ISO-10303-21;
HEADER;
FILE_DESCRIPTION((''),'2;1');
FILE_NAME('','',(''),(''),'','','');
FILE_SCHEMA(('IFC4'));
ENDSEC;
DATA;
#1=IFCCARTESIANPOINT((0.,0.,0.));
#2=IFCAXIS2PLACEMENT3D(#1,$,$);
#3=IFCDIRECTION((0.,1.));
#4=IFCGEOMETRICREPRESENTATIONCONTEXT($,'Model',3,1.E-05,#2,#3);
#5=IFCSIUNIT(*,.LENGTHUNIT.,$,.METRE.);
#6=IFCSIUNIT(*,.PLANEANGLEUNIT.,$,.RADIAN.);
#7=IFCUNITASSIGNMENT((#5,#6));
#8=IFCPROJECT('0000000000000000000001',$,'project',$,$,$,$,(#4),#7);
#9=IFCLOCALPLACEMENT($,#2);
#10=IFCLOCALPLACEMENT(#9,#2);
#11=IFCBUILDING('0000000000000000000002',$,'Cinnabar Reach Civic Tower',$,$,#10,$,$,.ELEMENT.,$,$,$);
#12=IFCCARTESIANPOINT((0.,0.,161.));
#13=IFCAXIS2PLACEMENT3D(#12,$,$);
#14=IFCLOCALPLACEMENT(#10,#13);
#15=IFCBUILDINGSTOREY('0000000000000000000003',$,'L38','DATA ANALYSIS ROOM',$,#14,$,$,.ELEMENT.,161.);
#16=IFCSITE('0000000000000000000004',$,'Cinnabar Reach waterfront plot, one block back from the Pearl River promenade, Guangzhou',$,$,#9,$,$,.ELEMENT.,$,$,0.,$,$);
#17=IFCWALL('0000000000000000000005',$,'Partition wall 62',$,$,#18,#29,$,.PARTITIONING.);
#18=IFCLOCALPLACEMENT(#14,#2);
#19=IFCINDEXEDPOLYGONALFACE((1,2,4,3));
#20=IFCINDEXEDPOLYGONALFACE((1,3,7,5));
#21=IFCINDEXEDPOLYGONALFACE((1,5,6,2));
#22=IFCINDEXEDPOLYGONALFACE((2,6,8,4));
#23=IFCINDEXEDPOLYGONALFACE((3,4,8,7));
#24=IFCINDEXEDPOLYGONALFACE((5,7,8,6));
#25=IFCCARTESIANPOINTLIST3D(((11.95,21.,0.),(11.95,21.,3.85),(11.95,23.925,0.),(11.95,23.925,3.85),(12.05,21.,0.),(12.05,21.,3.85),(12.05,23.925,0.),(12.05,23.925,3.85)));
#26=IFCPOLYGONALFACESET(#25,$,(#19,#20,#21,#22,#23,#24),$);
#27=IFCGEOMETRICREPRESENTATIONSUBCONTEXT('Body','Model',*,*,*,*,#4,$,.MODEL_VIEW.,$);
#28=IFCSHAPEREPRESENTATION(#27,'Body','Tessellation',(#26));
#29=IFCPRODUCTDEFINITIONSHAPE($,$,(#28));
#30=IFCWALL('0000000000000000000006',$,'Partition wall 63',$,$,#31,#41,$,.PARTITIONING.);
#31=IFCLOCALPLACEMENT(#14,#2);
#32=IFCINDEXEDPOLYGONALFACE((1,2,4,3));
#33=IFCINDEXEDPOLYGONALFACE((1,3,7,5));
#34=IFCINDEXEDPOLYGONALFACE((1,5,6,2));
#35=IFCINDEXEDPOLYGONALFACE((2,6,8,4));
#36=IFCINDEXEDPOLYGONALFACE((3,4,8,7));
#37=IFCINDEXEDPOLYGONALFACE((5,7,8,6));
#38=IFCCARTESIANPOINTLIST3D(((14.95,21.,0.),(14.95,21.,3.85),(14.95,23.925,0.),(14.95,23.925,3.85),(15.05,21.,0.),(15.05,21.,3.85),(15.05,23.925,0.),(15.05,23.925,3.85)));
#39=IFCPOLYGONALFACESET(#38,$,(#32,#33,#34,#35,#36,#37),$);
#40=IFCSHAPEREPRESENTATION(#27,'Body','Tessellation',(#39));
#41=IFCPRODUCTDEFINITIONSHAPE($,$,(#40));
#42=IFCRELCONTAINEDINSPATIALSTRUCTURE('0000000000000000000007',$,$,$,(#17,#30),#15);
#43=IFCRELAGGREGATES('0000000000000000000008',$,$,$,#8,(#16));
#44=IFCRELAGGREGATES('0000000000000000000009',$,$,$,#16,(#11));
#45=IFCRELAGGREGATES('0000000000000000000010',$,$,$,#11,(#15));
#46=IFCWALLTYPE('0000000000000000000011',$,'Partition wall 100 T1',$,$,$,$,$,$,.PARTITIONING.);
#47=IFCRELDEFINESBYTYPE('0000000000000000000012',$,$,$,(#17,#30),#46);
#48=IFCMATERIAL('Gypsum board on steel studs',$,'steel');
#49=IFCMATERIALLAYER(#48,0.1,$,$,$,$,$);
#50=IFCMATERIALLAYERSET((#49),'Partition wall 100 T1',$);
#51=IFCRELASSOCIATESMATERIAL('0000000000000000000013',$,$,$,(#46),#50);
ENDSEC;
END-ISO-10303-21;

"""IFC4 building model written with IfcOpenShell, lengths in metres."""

from ifc_helpers import new_model, si_unit, direction, frame, frame_2d, origin, place, context, subcontext, project, spatial, rectangle, extrude, material, layer, layer_set, type_object, element, save


model = new_model("IFC4")

# Units and contexts
model_context = context("Model", 3, precision=1e-05, world=origin(), true_north=direction((0.0, 1.0)))
body_context = subcontext(model_context, "Body", "Model", "MODEL_VIEW")
ifc_project = project(units=[si_unit("LENGTHUNIT", "METRE"), si_unit("PLANEANGLEUNIT", "RADIAN")], contexts=[model_context])

# Site, building, storey
site_placement = place(None, origin())
site = spatial("IfcSite", under=ifc_project, at=site_placement, Name="Cinnabar Reach waterfront plot, one block back from the Pearl River promenade, Guangzhou", CompositionType="ELEMENT", RefElevation=0.0)
building_placement = place(site_placement, origin())
building = spatial("IfcBuilding", under=site, at=building_placement, Name="Cinnabar Reach Civic Tower", CompositionType="ELEMENT")
storey_placement = place(building_placement, frame((0.0, 0.0, 161.0)))
storey = spatial("IfcBuildingStorey", under=building, at=storey_placement, Name="L38", Description="DATA ANALYSIS ROOM", CompositionType="ELEMENT", Elevation=161.0)

# Walls
ifc_material_1 = material(Name="Gypsum board on steel studs", Category="steel")
ifc_layer_1 = layer(ifc_material_1, 0.1)
ifc_layer_set_1 = layer_set([ifc_layer_1], Name="Partition wall 100 T1")
wall_type_1 = type_object("IfcWallType", Name="Partition wall 100 T1", PredefinedType="PARTITIONING", material=ifc_layer_set_1)
for number, where, z_axis, x_axis, name in (
    (1, (12.0, 21.0, 0.0), (0.0, 0.0, 1.0), (0.0, 1.0, 0.0), "Partition wall 62"),
    (2, (15.0, 21.0, 0.0), (0.0, 0.0, 1.0), (0.0, 1.0, 0.0), "Partition wall 63"),
):
    element("IfcWall", number, at=place(storey_placement, frame(where, z_axis=z_axis, x_axis=x_axis)), inside=storey, type_object=wall_type_1, Name=name, PredefinedType="PARTITIONING", context=body_context, shape_type="SweptSolid", body=[
        extrude(rectangle(XDim=2.925, YDim=0.1, at=frame_2d((1.4625, 0.0))), origin(), (0.0, 0.0, 1.0), 3.85),
    ])

save(model, "model.ifc")
